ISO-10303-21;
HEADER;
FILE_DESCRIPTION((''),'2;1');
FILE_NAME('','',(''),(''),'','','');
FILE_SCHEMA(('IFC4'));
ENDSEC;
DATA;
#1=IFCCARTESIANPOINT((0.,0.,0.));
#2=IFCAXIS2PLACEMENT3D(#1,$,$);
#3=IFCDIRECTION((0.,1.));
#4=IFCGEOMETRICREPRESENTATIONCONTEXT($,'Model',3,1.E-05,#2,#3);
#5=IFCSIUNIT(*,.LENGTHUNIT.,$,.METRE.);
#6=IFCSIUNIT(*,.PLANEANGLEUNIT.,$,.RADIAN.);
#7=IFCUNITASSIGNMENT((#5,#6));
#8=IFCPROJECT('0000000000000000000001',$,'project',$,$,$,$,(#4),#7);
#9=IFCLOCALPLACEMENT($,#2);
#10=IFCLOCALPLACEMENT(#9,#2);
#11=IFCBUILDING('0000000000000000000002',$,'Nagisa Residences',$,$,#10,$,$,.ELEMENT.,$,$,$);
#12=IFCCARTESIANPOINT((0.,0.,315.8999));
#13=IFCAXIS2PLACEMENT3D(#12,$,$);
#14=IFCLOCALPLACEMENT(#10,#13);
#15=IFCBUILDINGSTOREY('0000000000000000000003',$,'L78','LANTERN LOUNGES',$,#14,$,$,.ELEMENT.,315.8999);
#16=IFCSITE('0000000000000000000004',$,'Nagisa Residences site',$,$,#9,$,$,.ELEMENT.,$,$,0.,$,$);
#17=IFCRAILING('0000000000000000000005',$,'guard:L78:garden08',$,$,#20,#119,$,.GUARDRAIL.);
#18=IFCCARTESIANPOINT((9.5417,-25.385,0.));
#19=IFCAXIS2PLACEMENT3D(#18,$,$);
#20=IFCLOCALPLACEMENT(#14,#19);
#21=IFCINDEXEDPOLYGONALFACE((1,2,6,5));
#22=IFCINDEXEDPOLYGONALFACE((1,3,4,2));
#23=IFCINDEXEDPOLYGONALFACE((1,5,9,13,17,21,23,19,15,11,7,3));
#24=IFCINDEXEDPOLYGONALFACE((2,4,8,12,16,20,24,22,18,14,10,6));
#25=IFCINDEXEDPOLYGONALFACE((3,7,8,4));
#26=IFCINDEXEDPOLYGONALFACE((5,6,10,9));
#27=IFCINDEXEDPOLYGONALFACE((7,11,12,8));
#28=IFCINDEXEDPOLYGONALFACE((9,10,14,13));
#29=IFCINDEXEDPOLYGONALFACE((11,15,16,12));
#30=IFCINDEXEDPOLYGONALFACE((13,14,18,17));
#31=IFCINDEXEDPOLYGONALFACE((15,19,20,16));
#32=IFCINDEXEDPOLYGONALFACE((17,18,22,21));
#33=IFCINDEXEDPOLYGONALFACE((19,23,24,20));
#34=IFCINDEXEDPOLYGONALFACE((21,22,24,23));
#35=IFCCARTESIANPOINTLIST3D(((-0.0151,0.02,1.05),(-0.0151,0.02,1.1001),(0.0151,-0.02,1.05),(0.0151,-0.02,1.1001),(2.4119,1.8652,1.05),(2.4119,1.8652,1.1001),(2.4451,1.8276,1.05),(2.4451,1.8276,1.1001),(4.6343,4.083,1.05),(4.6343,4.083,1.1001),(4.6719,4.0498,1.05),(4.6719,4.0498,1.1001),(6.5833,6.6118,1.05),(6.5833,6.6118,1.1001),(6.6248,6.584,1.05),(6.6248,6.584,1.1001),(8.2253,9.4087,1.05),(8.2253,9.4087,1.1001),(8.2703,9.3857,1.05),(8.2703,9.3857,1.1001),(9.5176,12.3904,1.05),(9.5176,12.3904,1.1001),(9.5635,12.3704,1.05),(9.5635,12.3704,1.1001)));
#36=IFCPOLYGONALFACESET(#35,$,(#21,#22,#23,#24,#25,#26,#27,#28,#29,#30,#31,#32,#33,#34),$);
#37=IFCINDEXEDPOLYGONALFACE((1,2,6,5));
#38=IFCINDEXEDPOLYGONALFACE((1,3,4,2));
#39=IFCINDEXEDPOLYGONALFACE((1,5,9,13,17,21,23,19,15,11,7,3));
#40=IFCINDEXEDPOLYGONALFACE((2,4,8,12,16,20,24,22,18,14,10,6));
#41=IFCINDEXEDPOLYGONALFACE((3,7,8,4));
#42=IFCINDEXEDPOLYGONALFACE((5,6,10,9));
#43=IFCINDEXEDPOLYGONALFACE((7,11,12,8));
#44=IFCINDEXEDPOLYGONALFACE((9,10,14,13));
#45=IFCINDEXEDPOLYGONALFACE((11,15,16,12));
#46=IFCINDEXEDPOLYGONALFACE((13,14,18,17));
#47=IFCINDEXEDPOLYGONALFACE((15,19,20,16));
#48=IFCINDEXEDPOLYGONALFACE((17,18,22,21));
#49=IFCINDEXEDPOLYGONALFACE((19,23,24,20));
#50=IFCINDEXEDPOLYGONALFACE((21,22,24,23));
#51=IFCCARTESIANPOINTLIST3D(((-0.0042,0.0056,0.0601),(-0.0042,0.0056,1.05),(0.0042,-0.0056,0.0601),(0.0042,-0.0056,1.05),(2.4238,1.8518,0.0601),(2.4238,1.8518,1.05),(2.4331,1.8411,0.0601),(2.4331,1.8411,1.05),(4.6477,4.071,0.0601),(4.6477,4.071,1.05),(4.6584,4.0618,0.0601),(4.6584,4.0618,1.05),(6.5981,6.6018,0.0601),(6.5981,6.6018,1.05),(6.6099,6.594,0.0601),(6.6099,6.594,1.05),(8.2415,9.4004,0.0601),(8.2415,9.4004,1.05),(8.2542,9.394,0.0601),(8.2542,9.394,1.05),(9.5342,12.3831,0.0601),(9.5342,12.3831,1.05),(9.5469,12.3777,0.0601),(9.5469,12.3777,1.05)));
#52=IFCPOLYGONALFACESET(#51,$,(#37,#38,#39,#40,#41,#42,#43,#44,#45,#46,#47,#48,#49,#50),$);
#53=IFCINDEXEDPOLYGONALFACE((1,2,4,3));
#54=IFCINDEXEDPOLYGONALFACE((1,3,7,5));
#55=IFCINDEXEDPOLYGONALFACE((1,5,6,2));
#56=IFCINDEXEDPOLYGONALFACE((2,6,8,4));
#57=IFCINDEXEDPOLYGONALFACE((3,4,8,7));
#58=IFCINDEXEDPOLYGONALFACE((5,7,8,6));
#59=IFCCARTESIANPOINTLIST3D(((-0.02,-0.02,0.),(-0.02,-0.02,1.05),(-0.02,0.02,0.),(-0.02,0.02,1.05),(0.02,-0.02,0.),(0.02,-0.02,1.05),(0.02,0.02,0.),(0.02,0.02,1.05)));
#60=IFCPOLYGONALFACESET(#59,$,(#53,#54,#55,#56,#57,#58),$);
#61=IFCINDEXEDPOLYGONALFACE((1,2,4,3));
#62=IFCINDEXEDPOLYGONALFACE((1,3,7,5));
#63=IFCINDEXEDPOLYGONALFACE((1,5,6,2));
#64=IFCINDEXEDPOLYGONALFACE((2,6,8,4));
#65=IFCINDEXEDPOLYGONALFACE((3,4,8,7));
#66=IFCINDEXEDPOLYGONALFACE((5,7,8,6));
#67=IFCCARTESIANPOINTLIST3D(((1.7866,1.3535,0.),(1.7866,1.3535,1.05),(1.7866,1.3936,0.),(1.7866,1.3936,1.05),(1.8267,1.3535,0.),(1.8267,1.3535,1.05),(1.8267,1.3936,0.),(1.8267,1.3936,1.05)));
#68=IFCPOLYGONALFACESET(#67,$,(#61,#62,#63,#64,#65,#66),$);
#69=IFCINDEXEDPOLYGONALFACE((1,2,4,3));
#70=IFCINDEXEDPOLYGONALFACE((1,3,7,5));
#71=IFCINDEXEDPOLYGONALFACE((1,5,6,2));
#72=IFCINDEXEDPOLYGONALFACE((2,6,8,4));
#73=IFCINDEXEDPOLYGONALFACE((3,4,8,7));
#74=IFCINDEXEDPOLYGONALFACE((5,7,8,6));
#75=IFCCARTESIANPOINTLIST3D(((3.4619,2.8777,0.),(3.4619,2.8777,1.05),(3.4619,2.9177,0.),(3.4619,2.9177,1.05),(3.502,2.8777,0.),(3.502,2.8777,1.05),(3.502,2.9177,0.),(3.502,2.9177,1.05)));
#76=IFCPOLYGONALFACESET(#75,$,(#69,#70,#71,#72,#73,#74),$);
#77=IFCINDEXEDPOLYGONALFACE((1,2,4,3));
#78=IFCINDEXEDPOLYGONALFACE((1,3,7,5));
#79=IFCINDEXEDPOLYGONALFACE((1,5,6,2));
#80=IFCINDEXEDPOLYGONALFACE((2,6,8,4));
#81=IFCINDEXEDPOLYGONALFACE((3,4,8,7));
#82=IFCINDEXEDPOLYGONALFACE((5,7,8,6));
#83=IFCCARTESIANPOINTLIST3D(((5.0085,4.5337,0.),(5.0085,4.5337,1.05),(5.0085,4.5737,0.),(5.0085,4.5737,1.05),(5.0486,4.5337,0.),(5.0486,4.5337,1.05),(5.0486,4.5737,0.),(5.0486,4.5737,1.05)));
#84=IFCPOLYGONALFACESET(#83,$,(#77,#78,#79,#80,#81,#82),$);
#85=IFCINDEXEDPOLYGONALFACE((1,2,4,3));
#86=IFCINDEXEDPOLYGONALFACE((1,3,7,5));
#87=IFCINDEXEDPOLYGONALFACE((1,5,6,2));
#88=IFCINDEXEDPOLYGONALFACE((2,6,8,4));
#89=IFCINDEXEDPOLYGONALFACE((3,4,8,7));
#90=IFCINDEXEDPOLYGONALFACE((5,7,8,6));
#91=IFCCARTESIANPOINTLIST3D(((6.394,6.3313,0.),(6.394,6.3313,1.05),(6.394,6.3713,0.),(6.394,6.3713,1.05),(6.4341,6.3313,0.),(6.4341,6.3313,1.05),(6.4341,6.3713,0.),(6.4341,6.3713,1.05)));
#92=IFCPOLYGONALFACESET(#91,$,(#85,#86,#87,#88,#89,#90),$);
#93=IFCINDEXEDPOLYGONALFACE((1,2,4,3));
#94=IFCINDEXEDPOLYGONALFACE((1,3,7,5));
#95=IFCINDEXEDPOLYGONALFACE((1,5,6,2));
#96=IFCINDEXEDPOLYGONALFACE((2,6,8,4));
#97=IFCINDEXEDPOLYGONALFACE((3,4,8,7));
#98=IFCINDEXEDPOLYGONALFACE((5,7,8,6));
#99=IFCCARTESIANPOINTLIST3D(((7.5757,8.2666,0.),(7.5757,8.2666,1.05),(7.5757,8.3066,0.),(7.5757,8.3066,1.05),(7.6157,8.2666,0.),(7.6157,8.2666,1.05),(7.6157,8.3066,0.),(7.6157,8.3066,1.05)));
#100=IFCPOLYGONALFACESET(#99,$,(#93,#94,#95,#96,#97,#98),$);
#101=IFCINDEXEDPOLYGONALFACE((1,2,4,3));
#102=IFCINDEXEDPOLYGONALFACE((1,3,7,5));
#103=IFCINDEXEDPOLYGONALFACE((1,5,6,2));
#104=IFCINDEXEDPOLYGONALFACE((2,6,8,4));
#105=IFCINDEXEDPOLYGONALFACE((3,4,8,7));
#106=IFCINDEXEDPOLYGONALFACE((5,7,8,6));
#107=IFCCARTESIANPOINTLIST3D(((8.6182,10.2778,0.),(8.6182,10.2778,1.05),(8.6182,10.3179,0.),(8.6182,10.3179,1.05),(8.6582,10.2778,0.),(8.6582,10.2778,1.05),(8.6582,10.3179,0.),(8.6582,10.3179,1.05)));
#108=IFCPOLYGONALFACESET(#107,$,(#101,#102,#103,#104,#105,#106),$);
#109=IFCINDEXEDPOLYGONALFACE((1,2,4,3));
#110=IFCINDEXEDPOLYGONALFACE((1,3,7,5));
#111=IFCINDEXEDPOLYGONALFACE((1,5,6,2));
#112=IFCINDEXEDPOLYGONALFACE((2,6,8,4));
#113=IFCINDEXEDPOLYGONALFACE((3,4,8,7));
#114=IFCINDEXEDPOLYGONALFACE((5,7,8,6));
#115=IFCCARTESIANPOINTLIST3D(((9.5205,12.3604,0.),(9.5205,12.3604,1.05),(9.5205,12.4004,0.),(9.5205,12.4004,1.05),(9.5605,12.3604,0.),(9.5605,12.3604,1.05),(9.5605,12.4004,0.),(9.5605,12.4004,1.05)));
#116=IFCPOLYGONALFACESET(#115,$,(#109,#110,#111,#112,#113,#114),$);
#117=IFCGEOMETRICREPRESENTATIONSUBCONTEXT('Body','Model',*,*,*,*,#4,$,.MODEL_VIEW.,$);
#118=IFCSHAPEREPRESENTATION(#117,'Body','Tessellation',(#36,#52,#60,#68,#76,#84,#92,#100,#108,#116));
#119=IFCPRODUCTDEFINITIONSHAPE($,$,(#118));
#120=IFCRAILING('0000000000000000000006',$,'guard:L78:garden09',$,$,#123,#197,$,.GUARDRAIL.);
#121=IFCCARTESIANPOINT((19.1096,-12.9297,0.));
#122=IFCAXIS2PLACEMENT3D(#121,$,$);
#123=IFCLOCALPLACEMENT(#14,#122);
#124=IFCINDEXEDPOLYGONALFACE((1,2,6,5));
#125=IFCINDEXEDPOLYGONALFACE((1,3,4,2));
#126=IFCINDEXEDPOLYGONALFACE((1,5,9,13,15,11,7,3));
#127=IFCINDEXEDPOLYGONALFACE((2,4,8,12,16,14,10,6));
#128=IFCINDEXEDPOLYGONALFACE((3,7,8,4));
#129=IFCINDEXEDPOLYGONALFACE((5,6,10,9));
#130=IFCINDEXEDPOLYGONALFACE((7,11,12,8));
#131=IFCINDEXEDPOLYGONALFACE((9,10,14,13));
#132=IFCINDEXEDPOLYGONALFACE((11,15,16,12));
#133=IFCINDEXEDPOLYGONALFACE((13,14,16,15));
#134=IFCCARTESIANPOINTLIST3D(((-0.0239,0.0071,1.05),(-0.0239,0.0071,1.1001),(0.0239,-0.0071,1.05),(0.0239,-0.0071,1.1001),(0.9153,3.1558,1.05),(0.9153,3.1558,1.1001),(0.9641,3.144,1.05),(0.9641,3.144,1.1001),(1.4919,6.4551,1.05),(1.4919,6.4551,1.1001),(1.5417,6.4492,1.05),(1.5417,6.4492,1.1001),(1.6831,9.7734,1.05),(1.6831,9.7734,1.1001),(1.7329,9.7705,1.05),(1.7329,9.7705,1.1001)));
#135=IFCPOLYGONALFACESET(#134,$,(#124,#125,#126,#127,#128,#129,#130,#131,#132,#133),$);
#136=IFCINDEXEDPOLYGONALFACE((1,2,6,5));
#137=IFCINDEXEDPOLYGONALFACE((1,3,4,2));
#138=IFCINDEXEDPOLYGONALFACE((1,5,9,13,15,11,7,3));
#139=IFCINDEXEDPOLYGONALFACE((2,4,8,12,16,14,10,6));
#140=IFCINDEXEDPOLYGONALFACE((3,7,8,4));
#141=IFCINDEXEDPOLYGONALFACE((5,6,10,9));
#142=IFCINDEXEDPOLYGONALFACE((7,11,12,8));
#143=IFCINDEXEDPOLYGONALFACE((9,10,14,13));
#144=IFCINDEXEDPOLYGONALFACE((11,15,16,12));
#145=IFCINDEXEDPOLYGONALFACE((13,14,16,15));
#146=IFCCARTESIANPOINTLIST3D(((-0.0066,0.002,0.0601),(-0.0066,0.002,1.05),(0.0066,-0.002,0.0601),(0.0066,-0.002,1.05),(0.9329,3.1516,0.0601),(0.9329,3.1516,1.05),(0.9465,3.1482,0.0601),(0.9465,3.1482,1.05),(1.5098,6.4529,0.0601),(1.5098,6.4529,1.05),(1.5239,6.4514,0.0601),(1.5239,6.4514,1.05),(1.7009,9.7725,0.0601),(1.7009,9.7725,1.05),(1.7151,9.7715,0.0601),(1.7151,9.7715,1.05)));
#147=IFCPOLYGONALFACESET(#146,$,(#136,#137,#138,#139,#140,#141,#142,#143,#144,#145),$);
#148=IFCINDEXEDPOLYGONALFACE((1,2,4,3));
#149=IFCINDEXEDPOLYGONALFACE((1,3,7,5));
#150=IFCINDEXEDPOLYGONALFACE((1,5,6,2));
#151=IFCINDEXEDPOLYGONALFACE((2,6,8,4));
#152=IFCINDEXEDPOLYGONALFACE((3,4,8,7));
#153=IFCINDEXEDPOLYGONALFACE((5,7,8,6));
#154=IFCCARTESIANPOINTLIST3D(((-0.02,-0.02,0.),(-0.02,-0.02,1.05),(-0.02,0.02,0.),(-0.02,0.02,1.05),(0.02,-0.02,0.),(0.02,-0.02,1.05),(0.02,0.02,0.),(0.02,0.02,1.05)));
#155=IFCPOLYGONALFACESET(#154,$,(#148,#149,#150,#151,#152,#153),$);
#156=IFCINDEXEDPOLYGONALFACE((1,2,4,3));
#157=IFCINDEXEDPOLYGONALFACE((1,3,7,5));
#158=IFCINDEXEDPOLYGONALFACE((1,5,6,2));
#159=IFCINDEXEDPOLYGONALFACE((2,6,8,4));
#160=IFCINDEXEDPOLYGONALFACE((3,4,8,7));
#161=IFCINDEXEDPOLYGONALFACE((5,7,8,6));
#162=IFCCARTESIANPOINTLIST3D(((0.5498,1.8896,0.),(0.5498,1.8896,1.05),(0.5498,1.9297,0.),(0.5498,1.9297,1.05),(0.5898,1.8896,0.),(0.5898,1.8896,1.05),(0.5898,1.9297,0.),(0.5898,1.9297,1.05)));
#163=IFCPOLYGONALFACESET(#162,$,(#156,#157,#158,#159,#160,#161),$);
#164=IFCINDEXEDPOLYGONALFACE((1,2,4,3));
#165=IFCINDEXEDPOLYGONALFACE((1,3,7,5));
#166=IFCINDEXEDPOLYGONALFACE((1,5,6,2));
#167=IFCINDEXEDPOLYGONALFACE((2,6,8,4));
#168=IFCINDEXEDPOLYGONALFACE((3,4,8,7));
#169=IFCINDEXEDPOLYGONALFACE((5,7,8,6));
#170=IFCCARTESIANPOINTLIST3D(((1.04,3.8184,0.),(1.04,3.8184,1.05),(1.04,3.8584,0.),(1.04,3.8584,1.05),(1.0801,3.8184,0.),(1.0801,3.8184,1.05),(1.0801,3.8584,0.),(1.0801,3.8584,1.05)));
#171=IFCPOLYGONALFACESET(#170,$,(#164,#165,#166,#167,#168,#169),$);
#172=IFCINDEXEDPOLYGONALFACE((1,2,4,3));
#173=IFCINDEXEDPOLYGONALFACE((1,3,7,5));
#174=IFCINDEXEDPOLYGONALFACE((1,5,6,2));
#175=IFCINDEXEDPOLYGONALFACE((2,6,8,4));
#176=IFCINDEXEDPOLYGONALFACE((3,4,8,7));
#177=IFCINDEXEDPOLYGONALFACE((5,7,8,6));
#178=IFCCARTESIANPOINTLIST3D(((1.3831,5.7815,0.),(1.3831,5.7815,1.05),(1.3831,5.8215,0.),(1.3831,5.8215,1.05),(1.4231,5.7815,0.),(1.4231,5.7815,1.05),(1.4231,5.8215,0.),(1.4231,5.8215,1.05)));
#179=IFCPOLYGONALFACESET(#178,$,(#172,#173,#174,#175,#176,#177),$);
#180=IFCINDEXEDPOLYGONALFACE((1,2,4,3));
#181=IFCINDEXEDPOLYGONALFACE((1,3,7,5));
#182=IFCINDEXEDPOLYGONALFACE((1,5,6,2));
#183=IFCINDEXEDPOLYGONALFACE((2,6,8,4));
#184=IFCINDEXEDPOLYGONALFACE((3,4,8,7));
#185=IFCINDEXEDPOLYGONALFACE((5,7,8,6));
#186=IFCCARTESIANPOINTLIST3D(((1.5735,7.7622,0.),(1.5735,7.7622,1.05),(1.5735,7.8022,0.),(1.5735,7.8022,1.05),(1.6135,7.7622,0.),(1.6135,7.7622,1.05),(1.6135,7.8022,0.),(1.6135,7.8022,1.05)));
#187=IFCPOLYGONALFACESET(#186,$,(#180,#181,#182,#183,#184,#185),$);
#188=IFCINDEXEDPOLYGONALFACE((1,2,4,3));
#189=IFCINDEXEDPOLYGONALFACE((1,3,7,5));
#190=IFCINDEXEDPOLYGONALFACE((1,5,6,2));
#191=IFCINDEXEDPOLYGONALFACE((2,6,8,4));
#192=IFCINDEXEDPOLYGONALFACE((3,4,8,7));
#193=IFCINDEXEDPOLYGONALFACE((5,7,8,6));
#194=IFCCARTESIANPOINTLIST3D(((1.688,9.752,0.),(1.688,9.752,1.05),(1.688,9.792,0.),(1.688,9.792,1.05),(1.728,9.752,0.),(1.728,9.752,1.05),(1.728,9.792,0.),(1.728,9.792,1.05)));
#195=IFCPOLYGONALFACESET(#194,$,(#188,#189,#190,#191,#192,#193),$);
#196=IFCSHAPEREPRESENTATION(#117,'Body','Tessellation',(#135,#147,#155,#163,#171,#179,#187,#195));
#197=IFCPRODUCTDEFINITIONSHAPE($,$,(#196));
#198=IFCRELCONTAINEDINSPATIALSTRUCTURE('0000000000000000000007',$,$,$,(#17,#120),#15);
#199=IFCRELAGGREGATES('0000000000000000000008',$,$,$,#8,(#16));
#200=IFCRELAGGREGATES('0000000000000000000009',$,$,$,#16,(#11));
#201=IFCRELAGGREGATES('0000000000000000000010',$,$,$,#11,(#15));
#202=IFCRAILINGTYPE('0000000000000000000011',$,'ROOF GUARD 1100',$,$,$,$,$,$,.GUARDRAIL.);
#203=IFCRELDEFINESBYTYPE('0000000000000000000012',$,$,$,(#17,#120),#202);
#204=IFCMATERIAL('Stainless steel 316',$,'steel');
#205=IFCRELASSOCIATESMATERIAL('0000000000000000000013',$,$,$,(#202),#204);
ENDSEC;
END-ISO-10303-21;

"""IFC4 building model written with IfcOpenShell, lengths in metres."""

from ifc_helpers import new_model, si_unit, direction, frame, origin, origin_2d, place, context, subcontext, project, spatial, polyline, rectangle, outline, extrude, material, type_object, element, save


model = new_model("IFC4")

# Units and contexts
model_context = context("Model", 3, precision=1e-05, world=origin(), true_north=direction((0.0, 1.0)))
body_context = subcontext(model_context, "Body", "Model", "MODEL_VIEW")
ifc_project = project(units=[si_unit("LENGTHUNIT", "METRE"), si_unit("PLANEANGLEUNIT", "RADIAN")], contexts=[model_context])

# Site, building, storey
site_placement = place(None, origin())
site = spatial("IfcSite", under=ifc_project, at=site_placement, Name="Nagisa Residences site", CompositionType="ELEMENT", RefElevation=0.0)
building_placement = place(site_placement, origin())
building = spatial("IfcBuilding", under=site, at=building_placement, Name="Nagisa Residences", CompositionType="ELEMENT")
storey_placement = place(building_placement, frame((0.0, 0.0, 315.8999)))
storey = spatial("IfcBuildingStorey", under=building, at=storey_placement, Name="L78", Description="LANTERN LOUNGES", CompositionType="ELEMENT", Elevation=315.8999)

# Railings
ifc_material_1 = material(Name="Stainless steel 316", Category="steel")
railing_type = type_object("IfcRailingType", Name="ROOF GUARD 1100", PredefinedType="GUARDRAIL", material=ifc_material_1)
railing_1_placement = place(storey_placement, frame((9.5417, -25.385, 0.0)))
element("IfcRailing", 1, at=railing_1_placement, inside=storey, type_object=railing_type, Name="guard:L78:garden08", PredefinedType="GUARDRAIL", context=body_context, shape_type="SweptSolid", body=[
    extrude(outline(polyline([(2.4119, 1.8652), (-0.0151, 0.02), (0.0151, -0.02), (2.4451, 1.8276), (4.6719, 4.0498), (6.6248, 6.584), (8.2703, 9.3857), (9.5635, 12.3704), (9.5176, 12.3904), (8.2253, 9.4087), (6.5833, 6.6118), (4.6343, 4.083), (2.4119, 1.8652)])), frame((0.0, 0.0, 1.05)), (0.0, 0.0, 1.0), 0.05),
    extrude(outline(polyline([(2.4238, 1.8518), (-0.0042, 0.0056), (0.0042, -0.0056), (2.4331, 1.8411), (4.6584, 4.0618), (6.6099, 6.594), (8.2542, 9.394), (9.5469, 12.3777), (9.5342, 12.3831), (8.2415, 9.4004), (6.5981, 6.6018), (4.6477, 4.071), (2.4238, 1.8518)])), frame((0.0, 0.0, 0.0601)), (0.0, 0.0, 1.0), 0.99),
    extrude(rectangle(XDim=0.04, YDim=0.04, at=origin_2d()), origin(), (0.0, 0.0, 1.0), 1.05),
    extrude(rectangle(XDim=0.04, YDim=0.04, at=origin_2d()), frame((1.8066, 1.3735, 0.0)), (0.0, 0.0, 1.0), 1.05),
    extrude(rectangle(XDim=0.04, YDim=0.04, at=origin_2d()), frame((3.4819, 2.8977, 0.0)), (0.0, 0.0, 1.0), 1.05),
    extrude(rectangle(XDim=0.04, YDim=0.04, at=origin_2d()), frame((5.0286, 4.5537, 0.0)), (0.0, 0.0, 1.0), 1.05),
    extrude(rectangle(XDim=0.04, YDim=0.04, at=origin_2d()), frame((6.4141, 6.3513, 0.0)), (0.0, 0.0, 1.0), 1.05),
    extrude(rectangle(XDim=0.04, YDim=0.04, at=origin_2d()), frame((7.5957, 8.2866, 0.0)), (0.0, 0.0, 1.0), 1.05),
    extrude(rectangle(XDim=0.04, YDim=0.04, at=origin_2d()), frame((8.6382, 10.2979, 0.0)), (0.0, 0.0, 1.0), 1.05),
    extrude(rectangle(XDim=0.04, YDim=0.04, at=origin_2d()), frame((9.5405, 12.3804, 0.0)), (0.0, 0.0, 1.0), 1.05),
])
railing_2_placement = place(storey_placement, frame((19.1096, -12.9297, 0.0)))
element("IfcRailing", 2, at=railing_2_placement, inside=storey, type_object=railing_type, Name="guard:L78:garden09", PredefinedType="GUARDRAIL", context=body_context, shape_type="SweptSolid", body=[
    extrude(outline(polyline([(0.9153, 3.1558), (-0.0239, 0.0071), (0.0239, -0.0071), (0.9641, 3.144), (1.5417, 6.4492), (1.7329, 9.7705), (1.6831, 9.7734), (1.4919, 6.4551), (0.9153, 3.1558)])), frame((0.0, 0.0, 1.05)), (0.0, 0.0, 1.0), 0.05),
    extrude(outline(polyline([(0.9329, 3.1516), (-0.0066, 0.002), (0.0066, -0.002), (0.9465, 3.1482), (1.5239, 6.4514), (1.7151, 9.7715), (1.7009, 9.7725), (1.5098, 6.4529), (0.9329, 3.1516)])), frame((0.0, 0.0, 0.0601)), (0.0, 0.0, 1.0), 0.99),
    extrude(rectangle(XDim=0.04, YDim=0.04, at=origin_2d()), origin(), (0.0, 0.0, 1.0), 1.05),
    extrude(rectangle(XDim=0.04, YDim=0.04, at=origin_2d()), frame((0.5698, 1.9097, 0.0)), (0.0, 0.0, 1.0), 1.05),
    extrude(rectangle(XDim=0.04, YDim=0.04, at=origin_2d()), frame((1.0601, 3.8384, 0.0)), (0.0, 0.0, 1.0), 1.05),
    extrude(rectangle(XDim=0.04, YDim=0.04, at=origin_2d()), frame((1.4031, 5.8015, 0.0)), (0.0, 0.0, 1.0), 1.05),
    extrude(rectangle(XDim=0.04, YDim=0.04, at=origin_2d()), frame((1.5935, 7.7822, 0.0)), (0.0, 0.0, 1.0), 1.05),
    extrude(rectangle(XDim=0.04, YDim=0.04, at=origin_2d()), frame((1.708, 9.772, 0.0)), (0.0, 0.0, 1.0), 1.05),
])

save(model, "model.ifc")
